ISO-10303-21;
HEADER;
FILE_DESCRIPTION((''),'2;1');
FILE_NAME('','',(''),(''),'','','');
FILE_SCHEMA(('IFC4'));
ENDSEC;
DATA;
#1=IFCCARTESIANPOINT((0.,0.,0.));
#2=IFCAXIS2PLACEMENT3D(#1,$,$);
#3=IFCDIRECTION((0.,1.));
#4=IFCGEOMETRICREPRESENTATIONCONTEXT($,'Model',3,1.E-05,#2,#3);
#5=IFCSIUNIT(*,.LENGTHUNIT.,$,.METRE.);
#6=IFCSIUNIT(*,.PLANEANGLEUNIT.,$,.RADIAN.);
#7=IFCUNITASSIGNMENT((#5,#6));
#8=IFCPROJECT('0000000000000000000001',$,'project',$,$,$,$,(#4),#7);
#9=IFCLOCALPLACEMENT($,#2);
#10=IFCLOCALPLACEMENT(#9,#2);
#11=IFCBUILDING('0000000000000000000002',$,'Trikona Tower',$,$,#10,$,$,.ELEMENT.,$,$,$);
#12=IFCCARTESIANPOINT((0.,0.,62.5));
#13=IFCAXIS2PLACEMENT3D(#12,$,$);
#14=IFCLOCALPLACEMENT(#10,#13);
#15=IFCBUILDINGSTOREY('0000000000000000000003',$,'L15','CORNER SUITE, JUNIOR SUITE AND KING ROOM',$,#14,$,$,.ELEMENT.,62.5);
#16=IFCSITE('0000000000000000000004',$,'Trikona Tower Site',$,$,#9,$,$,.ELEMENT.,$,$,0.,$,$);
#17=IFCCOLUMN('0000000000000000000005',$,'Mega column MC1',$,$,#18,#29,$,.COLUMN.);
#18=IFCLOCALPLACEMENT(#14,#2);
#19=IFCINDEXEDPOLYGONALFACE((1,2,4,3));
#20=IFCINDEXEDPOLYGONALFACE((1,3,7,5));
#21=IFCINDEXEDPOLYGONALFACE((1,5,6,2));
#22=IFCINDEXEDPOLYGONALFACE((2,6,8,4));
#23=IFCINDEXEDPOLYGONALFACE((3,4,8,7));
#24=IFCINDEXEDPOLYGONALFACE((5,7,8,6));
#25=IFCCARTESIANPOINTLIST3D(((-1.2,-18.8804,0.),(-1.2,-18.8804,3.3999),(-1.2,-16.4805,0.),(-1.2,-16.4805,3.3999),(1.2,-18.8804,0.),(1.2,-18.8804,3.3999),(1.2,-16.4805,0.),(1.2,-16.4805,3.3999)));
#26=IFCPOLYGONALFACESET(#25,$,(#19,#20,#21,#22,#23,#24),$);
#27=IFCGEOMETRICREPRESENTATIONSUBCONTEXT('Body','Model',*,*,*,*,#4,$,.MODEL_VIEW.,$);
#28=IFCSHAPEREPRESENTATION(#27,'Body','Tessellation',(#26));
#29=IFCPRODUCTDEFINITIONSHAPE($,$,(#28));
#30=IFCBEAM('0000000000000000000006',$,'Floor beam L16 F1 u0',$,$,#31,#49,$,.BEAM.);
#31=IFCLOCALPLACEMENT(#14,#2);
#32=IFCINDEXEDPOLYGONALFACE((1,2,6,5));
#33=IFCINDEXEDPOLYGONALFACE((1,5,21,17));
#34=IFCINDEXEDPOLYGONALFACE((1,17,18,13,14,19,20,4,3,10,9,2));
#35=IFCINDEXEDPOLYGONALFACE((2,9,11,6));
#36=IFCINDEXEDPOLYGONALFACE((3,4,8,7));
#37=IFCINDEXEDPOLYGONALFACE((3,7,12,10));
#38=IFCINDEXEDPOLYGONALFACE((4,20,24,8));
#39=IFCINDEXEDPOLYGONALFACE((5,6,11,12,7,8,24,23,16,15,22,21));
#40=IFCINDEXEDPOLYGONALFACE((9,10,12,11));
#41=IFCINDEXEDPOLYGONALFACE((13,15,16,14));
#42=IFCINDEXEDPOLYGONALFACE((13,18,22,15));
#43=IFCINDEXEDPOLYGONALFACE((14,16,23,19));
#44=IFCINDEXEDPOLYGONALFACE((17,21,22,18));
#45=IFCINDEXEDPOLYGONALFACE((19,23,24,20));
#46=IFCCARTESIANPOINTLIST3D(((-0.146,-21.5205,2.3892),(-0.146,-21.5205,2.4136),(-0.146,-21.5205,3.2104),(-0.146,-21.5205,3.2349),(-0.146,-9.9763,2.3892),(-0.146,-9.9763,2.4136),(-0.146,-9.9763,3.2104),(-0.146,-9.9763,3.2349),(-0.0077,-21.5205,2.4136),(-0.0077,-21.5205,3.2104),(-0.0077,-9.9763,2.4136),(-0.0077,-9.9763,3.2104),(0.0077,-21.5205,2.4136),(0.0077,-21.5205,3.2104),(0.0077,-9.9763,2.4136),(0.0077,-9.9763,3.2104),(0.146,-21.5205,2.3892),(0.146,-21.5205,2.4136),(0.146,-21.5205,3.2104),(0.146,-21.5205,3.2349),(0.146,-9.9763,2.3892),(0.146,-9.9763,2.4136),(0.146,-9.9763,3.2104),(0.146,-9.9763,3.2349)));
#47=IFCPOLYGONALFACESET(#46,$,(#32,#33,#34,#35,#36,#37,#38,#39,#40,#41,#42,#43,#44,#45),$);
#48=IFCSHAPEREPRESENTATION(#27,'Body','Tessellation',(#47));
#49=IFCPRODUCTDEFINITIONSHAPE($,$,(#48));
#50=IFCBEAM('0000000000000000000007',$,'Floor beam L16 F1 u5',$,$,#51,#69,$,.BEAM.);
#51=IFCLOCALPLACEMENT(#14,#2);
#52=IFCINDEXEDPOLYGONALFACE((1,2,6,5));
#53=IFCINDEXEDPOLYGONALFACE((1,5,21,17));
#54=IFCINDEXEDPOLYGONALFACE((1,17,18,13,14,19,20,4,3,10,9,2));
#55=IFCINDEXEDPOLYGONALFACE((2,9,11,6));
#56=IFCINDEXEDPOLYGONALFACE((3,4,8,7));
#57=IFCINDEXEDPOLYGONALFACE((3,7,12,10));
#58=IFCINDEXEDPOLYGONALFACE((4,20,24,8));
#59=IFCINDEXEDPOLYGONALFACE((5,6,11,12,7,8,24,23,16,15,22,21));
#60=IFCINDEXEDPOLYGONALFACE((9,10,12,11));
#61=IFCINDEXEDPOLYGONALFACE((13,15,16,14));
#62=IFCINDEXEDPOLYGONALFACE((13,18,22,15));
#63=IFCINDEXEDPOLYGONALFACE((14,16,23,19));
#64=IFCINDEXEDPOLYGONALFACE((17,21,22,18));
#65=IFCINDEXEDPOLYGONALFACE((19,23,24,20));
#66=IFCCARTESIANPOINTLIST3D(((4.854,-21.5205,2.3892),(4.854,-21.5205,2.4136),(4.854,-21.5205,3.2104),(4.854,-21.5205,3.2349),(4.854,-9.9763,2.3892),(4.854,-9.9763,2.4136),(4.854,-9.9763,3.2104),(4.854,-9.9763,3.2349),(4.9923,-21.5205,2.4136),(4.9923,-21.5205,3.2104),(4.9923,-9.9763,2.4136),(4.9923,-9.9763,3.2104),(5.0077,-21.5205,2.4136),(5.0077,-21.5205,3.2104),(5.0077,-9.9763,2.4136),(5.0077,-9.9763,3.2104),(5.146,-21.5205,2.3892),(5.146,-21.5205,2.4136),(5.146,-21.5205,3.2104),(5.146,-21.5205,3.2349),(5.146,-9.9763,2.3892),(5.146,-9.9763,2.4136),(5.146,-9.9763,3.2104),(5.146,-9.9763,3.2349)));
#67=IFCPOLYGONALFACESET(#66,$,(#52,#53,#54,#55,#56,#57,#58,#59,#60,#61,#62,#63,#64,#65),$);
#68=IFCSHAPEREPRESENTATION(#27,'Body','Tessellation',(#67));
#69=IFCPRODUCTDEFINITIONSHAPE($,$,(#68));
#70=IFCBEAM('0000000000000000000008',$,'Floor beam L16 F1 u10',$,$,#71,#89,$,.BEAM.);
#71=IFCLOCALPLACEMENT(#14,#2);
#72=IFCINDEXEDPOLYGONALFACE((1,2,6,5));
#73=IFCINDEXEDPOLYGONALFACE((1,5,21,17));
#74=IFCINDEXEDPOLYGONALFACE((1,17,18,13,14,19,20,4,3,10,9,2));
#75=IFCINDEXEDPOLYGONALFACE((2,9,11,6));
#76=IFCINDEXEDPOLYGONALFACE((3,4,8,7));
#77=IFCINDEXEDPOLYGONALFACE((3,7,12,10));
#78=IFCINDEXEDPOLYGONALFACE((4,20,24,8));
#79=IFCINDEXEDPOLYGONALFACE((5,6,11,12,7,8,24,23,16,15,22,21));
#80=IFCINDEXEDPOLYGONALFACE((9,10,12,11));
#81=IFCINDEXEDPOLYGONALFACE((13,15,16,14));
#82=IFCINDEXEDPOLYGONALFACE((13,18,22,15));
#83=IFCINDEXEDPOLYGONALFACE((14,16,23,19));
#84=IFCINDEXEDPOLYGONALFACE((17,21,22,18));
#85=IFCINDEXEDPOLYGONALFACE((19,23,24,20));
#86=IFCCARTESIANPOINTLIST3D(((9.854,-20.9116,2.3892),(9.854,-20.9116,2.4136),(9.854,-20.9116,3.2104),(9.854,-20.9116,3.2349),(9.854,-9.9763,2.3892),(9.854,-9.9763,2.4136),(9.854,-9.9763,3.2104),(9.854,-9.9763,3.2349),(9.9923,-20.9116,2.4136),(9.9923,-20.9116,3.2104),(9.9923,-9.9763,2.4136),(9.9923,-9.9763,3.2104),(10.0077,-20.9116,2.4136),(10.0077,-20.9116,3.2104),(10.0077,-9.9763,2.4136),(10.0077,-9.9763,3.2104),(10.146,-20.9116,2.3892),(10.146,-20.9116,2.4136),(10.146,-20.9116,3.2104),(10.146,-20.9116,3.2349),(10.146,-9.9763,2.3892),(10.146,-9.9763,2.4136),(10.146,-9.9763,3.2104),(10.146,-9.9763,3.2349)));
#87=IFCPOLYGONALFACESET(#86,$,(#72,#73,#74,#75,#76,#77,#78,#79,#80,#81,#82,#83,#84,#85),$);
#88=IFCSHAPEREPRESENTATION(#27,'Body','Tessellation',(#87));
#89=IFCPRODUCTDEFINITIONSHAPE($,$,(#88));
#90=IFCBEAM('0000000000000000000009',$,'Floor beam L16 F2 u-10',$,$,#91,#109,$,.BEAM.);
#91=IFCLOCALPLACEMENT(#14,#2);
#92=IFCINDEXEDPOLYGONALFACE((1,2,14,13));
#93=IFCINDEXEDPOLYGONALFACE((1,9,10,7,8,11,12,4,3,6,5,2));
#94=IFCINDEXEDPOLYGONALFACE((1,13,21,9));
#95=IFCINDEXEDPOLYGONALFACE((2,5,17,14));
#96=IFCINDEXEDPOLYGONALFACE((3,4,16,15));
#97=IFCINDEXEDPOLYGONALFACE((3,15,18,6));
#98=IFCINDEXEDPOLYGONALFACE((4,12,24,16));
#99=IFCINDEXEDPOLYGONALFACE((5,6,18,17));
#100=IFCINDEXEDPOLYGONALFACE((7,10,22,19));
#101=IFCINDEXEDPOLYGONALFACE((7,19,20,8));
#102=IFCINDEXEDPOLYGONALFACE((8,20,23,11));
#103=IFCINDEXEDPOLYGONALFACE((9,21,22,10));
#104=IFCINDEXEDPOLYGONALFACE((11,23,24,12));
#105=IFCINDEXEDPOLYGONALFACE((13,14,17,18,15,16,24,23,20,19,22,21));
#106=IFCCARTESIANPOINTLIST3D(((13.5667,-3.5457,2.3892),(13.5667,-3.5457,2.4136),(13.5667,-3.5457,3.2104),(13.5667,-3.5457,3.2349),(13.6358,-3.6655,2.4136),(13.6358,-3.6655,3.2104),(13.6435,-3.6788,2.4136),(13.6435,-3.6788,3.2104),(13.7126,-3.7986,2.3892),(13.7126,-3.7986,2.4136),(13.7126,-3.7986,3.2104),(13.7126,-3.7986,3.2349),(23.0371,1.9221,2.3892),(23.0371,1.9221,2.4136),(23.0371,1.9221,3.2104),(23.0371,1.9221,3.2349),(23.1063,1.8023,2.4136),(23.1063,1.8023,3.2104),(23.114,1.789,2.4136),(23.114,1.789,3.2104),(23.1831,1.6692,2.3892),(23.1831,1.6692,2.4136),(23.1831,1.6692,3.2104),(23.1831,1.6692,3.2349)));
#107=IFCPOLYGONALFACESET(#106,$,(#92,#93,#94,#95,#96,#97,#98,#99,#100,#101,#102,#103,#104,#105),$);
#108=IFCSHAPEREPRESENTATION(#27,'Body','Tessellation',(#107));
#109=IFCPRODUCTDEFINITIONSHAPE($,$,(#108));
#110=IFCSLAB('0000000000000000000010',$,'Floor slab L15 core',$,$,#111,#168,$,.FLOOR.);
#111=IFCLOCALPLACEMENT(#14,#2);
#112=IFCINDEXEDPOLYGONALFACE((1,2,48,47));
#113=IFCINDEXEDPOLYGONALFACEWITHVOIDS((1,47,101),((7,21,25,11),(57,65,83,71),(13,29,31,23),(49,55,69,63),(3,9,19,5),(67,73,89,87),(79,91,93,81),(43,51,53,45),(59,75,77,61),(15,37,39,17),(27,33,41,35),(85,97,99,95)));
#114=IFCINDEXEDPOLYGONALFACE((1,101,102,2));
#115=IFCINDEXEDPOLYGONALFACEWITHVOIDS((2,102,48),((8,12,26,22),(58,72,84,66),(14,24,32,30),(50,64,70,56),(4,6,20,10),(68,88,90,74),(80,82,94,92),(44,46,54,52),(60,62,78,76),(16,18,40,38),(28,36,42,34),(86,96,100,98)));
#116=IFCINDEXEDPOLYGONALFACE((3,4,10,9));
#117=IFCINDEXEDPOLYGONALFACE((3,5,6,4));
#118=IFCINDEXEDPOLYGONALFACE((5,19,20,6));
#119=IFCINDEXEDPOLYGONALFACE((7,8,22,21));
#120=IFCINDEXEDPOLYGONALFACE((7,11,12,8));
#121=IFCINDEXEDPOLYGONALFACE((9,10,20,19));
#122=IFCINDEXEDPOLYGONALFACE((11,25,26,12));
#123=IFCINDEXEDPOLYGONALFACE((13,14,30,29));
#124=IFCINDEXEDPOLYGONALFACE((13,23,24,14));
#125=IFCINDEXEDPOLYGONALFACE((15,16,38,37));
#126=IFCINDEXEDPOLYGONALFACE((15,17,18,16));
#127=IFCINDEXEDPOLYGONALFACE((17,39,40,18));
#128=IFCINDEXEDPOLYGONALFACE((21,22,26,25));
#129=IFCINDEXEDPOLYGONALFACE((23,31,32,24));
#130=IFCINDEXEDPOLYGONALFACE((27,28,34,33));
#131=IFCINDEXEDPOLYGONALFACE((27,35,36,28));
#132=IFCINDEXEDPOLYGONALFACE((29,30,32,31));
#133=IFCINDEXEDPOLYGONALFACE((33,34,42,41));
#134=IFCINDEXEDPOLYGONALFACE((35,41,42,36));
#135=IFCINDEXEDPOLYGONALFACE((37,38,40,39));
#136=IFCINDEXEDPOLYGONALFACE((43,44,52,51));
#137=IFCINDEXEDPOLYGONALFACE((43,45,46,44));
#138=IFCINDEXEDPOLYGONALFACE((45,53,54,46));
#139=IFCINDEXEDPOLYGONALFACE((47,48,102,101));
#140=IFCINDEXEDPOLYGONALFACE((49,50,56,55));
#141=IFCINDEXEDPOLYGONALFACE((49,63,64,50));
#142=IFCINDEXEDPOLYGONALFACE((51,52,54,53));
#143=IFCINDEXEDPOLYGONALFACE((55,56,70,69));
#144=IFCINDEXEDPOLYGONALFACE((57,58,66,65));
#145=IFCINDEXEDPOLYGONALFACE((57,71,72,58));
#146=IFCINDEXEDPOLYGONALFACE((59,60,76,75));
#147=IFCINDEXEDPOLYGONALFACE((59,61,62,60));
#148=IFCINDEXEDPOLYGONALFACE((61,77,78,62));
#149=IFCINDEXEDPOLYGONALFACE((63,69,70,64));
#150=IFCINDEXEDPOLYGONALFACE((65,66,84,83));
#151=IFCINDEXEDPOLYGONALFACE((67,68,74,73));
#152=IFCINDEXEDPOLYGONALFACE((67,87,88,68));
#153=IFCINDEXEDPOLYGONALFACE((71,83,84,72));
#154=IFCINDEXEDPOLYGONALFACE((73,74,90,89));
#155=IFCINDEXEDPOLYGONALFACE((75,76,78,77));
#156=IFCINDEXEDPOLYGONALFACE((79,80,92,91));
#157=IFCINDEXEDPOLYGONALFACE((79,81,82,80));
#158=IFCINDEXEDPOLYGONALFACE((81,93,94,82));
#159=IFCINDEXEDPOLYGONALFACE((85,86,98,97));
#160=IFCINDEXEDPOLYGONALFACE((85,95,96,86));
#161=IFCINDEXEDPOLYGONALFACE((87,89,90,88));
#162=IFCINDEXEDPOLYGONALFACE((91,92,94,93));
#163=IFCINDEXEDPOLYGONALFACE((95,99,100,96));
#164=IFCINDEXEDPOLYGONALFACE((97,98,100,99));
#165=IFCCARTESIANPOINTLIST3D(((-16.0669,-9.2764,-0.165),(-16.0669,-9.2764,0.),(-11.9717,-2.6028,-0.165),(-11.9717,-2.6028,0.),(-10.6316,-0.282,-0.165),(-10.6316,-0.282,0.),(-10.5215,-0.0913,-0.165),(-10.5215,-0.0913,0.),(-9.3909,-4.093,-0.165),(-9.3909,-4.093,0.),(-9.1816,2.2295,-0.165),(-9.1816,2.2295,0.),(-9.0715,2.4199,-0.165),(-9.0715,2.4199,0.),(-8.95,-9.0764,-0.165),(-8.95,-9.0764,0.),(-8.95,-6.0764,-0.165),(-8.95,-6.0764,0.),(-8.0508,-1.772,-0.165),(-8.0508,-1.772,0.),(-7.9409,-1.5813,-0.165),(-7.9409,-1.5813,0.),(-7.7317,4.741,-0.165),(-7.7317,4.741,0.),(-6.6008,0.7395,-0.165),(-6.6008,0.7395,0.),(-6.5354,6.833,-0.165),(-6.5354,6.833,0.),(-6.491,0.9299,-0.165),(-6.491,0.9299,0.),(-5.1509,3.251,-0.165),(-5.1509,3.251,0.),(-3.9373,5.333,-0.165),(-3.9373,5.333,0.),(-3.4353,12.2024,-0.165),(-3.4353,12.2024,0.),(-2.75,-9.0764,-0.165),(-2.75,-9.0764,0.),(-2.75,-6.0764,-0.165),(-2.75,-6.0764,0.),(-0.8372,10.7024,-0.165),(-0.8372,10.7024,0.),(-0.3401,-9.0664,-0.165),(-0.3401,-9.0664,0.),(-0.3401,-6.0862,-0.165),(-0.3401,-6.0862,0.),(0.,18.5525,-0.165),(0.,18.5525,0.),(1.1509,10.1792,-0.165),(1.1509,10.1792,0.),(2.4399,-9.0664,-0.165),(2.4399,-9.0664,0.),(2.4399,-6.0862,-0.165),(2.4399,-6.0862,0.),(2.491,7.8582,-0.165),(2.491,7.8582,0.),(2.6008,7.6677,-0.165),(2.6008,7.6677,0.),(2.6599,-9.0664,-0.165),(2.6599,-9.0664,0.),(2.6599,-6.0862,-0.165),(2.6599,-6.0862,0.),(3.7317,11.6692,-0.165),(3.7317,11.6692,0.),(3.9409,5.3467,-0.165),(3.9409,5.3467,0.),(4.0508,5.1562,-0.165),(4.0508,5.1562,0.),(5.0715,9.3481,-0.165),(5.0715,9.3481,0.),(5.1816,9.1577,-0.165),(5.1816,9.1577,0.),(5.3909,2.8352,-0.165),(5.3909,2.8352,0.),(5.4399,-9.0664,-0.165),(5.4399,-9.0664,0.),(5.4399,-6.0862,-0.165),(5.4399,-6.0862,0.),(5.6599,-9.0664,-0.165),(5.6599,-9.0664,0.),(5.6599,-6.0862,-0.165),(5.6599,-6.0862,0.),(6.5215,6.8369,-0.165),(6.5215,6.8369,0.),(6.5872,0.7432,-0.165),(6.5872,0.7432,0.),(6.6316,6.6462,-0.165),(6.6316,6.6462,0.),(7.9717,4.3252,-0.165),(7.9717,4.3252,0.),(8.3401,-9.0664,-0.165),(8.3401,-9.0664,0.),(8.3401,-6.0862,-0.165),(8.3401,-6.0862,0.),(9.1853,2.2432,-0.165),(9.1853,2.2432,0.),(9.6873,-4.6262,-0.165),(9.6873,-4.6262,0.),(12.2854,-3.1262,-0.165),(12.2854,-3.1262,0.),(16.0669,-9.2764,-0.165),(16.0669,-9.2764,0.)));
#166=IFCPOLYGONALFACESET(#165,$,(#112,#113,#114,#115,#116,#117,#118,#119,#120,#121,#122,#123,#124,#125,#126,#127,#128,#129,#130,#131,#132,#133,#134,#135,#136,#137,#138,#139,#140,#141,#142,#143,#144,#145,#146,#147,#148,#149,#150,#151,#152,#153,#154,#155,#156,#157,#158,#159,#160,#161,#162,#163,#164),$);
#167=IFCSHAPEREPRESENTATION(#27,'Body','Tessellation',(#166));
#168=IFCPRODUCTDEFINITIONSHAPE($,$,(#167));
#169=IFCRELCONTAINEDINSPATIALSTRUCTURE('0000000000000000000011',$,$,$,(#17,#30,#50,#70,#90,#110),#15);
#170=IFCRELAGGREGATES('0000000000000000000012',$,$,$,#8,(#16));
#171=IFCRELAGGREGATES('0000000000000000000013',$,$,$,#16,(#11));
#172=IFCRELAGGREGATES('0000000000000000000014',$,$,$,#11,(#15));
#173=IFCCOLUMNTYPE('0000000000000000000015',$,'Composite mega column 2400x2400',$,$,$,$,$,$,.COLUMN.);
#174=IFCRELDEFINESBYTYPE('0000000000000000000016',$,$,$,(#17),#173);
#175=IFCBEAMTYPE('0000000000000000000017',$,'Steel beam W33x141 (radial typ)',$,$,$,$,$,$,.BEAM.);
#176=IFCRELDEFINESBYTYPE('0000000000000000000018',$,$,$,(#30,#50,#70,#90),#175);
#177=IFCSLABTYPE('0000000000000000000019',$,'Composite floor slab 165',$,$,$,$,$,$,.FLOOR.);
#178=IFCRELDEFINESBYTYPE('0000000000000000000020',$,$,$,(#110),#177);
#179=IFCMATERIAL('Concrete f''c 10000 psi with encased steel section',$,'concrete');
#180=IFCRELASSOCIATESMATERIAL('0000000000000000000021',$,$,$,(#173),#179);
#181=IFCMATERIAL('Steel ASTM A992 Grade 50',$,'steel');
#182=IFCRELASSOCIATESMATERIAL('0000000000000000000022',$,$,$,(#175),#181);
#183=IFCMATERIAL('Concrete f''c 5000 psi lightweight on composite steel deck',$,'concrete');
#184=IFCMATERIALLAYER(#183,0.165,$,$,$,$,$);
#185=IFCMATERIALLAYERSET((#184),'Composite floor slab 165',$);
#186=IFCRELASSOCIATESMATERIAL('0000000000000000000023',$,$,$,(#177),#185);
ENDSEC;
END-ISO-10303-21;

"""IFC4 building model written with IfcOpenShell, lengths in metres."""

from ifc_helpers import new_model, si_unit, direction, frame, origin, origin_2d, place, context, subcontext, project, spatial, polyline, rectangle, i_section, outline, extrude, material, layer, layer_set, material_profile, profile_set, type_object, element, save


model = new_model("IFC4")

# Units and contexts
model_context = context("Model", 3, precision=1e-05, world=origin(), true_north=direction((0.0, 1.0)))
body_context = subcontext(model_context, "Body", "Model", "MODEL_VIEW")
ifc_project = project(units=[si_unit("LENGTHUNIT", "METRE"), si_unit("PLANEANGLEUNIT", "RADIAN")], contexts=[model_context])

# Site, building, storey
site_placement = place(None, origin())
site = spatial("IfcSite", under=ifc_project, at=site_placement, Name="Trikona Tower Site", CompositionType="ELEMENT", RefElevation=0.0)
building_placement = place(site_placement, origin())
building = spatial("IfcBuilding", under=site, at=building_placement, Name="Trikona Tower", CompositionType="ELEMENT")
storey_placement = place(building_placement, frame((0.0, 0.0, 62.5)))
storey = spatial("IfcBuildingStorey", under=building, at=storey_placement, Name="L15", Description="CORNER SUITE, JUNIOR SUITE AND KING ROOM", CompositionType="ELEMENT", Elevation=62.5)

# Column
ifc_material_1 = material(Name="Concrete f'c 10000 psi with encased steel section", Category="concrete")
ifc_material_profile_1 = material_profile(ifc_material_1, rectangle(XDim=2.3999, YDim=2.3999, at=origin_2d()), Name="MC2400")
ifc_profile_set_1 = profile_set([ifc_material_profile_1], Name="Concrete f'c 10000 psi with encased steel section")
column_type = type_object("IfcColumnType", Name="Composite mega column 2400x2400", PredefinedType="COLUMN", material=ifc_profile_set_1)
column_placement = place(storey_placement, frame((0.0, -17.6804, 0.0), z_axis=(0.0, 0.0, 1.0), x_axis=(0.0, -1.0, 0.0)))
element("IfcColumn", 1, at=column_placement, inside=storey, type_object=column_type, Name="Mega column MC1", PredefinedType="COLUMN", context=body_context, shape_type="SweptSolid", body=[
    extrude(rectangle(XDim=2.3999, YDim=2.3999, at=origin_2d()), origin(), (0.0, 0.0, 1.0), 3.3999),
])

# Beams
ifc_material_2 = material(Name="Steel ASTM A992 Grade 50", Category="steel")
ifc_material_profile_2 = material_profile(ifc_material_2, i_section(OverallWidth=0.292, OverallDepth=0.8457, WebThickness=0.0154, FlangeThickness=0.0244, at=origin_2d()), Name="W33X141")
ifc_profile_set_2 = profile_set([ifc_material_profile_2], Name="Steel ASTM A992 Grade 50")
beam_type = type_object("IfcBeamType", Name="Steel beam W33x141 (radial typ)", PredefinedType="BEAM", material=ifc_profile_set_2)
for number, where, z_axis, x_axis, name in (
    (2, (0.0, -9.9763, 2.812), (0.0, -1.0, 0.0), (1.0, 0.0, 0.0), "Floor beam L16 F1 u0"),
    (3, (5.0, -9.9763, 2.812), (0.0, -1.0, 0.0), (1.0, 0.0, 0.0), "Floor beam L16 F1 u5"),
):
    element("IfcBeam", number, at=place(storey_placement, frame(where, z_axis=z_axis, x_axis=x_axis)), inside=storey, type_object=beam_type, Name=name, PredefinedType="BEAM", context=body_context, shape_type="SweptSolid", body=[
        extrude(i_section(OverallWidth=0.292, OverallDepth=0.8457, WebThickness=0.0154, FlangeThickness=0.0244, at=origin_2d()), origin(), (0.0, 0.0, 1.0), 11.5442),
    ])
beam_1_placement = place(storey_placement, frame((10.0, -9.9763, 2.812), z_axis=(0.0, -1.0, 0.0), x_axis=(1.0, 0.0, 0.0)))
element("IfcBeam", 4, at=beam_1_placement, inside=storey, type_object=beam_type, Name="Floor beam L16 F1 u10", PredefinedType="BEAM", context=body_context, shape_type="SweptSolid", body=[
    extrude(i_section(OverallWidth=0.292, OverallDepth=0.8457, WebThickness=0.0154, FlangeThickness=0.0244, at=origin_2d()), origin(), (0.0, 0.0, 1.0), 10.9353),
])
beam_2_placement = place(storey_placement, frame((13.6396, -3.6721, 2.812), z_axis=(0.866025, 0.5, 0.0), x_axis=(-0.5, 0.866025, 0.0)))
element("IfcBeam", 5, at=beam_2_placement, inside=storey, type_object=beam_type, Name="Floor beam L16 F2 u-10", PredefinedType="BEAM", context=body_context, shape_type="SweptSolid", body=[
    extrude(i_section(OverallWidth=0.292, OverallDepth=0.8457, WebThickness=0.0154, FlangeThickness=0.0244, at=origin_2d()), origin(), (0.0, 0.0, 1.0), 10.9355),
])

# Slab
ifc_material_3 = material(Name="Concrete f'c 5000 psi lightweight on composite steel deck", Category="concrete")
ifc_layer_1 = layer(ifc_material_3, 0.165)
ifc_layer_set_1 = layer_set([ifc_layer_1], Name="Composite floor slab 165")
slab_type = type_object("IfcSlabType", Name="Composite floor slab 165", PredefinedType="FLOOR", material=ifc_layer_set_1)
slab_1_placement = place(storey_placement, frame((0.0, 0.0, -0.165)))
element("IfcSlab", 6, at=slab_1_placement, inside=storey, type_object=slab_type, Name="Floor slab L15 core", PredefinedType="FLOOR", context=body_context, shape_type="SweptSolid", body=[
    extrude(outline(polyline([(-16.0669, -9.2764), (16.0669, -9.2764), (0.0, 18.5525), (-16.0669, -9.2764)]), holes=[polyline([(12.2854, -3.1262), (9.1853, 2.2432), (6.5872, 0.7432), (9.6873, -4.6262), (12.2854, -3.1262)]), polyline([(8.3401, -9.0664), (8.3401, -6.0862), (5.6599, -6.0862), (5.6599, -9.0664), (8.3401, -9.0664)]), polyline([(5.3909, 2.8352), (7.9717, 4.3252), (6.6316, 6.6462), (4.0508, 5.1562), (5.3909, 2.8352)]), polyline([(2.6008, 7.6677), (3.9409, 5.3467), (6.5215, 6.8369), (5.1816, 9.1577), (2.6008, 7.6677)]), polyline([(5.4399, -6.0862), (2.6599, -6.0862), (2.6599, -9.0664), (5.4399, -9.0664), (5.4399, -6.0862)]), polyline([(3.7317, 11.6692), (1.1509, 10.1792), (2.491, 7.8582), (5.0715, 9.3481), (3.7317, 11.6692)]), polyline([(-0.3401, -6.0862), (-0.3401, -9.0664), (2.4399, -9.0664), (2.4399, -6.0862), (-0.3401, -6.0862)]), polyline([(-3.4353, 12.2024), (-6.5354, 6.833), (-3.9373, 5.333), (-0.8372, 10.7024), (-3.4353, 12.2024)]), polyline([(-8.95, -9.0764), (-2.75, -9.0764), (-2.75, -6.0764), (-8.95, -6.0764), (-8.95, -9.0764)]), polyline([(-5.1509, 3.251), (-7.7317, 4.741), (-9.0715, 2.4199), (-6.491, 0.9299), (-5.1509, 3.251)]), polyline([(-7.9409, -1.5813), (-6.6008, 0.7395), (-9.1816, 2.2295), (-10.5215, -0.0913), (-7.9409, -1.5813)]), polyline([(-11.9717, -2.6028), (-9.3909, -4.093), (-8.0508, -1.772), (-10.6316, -0.282), (-11.9717, -2.6028)])]), origin(), (0.0, 0.0, 1.0), 0.165),
])

save(model, "model.ifc")
